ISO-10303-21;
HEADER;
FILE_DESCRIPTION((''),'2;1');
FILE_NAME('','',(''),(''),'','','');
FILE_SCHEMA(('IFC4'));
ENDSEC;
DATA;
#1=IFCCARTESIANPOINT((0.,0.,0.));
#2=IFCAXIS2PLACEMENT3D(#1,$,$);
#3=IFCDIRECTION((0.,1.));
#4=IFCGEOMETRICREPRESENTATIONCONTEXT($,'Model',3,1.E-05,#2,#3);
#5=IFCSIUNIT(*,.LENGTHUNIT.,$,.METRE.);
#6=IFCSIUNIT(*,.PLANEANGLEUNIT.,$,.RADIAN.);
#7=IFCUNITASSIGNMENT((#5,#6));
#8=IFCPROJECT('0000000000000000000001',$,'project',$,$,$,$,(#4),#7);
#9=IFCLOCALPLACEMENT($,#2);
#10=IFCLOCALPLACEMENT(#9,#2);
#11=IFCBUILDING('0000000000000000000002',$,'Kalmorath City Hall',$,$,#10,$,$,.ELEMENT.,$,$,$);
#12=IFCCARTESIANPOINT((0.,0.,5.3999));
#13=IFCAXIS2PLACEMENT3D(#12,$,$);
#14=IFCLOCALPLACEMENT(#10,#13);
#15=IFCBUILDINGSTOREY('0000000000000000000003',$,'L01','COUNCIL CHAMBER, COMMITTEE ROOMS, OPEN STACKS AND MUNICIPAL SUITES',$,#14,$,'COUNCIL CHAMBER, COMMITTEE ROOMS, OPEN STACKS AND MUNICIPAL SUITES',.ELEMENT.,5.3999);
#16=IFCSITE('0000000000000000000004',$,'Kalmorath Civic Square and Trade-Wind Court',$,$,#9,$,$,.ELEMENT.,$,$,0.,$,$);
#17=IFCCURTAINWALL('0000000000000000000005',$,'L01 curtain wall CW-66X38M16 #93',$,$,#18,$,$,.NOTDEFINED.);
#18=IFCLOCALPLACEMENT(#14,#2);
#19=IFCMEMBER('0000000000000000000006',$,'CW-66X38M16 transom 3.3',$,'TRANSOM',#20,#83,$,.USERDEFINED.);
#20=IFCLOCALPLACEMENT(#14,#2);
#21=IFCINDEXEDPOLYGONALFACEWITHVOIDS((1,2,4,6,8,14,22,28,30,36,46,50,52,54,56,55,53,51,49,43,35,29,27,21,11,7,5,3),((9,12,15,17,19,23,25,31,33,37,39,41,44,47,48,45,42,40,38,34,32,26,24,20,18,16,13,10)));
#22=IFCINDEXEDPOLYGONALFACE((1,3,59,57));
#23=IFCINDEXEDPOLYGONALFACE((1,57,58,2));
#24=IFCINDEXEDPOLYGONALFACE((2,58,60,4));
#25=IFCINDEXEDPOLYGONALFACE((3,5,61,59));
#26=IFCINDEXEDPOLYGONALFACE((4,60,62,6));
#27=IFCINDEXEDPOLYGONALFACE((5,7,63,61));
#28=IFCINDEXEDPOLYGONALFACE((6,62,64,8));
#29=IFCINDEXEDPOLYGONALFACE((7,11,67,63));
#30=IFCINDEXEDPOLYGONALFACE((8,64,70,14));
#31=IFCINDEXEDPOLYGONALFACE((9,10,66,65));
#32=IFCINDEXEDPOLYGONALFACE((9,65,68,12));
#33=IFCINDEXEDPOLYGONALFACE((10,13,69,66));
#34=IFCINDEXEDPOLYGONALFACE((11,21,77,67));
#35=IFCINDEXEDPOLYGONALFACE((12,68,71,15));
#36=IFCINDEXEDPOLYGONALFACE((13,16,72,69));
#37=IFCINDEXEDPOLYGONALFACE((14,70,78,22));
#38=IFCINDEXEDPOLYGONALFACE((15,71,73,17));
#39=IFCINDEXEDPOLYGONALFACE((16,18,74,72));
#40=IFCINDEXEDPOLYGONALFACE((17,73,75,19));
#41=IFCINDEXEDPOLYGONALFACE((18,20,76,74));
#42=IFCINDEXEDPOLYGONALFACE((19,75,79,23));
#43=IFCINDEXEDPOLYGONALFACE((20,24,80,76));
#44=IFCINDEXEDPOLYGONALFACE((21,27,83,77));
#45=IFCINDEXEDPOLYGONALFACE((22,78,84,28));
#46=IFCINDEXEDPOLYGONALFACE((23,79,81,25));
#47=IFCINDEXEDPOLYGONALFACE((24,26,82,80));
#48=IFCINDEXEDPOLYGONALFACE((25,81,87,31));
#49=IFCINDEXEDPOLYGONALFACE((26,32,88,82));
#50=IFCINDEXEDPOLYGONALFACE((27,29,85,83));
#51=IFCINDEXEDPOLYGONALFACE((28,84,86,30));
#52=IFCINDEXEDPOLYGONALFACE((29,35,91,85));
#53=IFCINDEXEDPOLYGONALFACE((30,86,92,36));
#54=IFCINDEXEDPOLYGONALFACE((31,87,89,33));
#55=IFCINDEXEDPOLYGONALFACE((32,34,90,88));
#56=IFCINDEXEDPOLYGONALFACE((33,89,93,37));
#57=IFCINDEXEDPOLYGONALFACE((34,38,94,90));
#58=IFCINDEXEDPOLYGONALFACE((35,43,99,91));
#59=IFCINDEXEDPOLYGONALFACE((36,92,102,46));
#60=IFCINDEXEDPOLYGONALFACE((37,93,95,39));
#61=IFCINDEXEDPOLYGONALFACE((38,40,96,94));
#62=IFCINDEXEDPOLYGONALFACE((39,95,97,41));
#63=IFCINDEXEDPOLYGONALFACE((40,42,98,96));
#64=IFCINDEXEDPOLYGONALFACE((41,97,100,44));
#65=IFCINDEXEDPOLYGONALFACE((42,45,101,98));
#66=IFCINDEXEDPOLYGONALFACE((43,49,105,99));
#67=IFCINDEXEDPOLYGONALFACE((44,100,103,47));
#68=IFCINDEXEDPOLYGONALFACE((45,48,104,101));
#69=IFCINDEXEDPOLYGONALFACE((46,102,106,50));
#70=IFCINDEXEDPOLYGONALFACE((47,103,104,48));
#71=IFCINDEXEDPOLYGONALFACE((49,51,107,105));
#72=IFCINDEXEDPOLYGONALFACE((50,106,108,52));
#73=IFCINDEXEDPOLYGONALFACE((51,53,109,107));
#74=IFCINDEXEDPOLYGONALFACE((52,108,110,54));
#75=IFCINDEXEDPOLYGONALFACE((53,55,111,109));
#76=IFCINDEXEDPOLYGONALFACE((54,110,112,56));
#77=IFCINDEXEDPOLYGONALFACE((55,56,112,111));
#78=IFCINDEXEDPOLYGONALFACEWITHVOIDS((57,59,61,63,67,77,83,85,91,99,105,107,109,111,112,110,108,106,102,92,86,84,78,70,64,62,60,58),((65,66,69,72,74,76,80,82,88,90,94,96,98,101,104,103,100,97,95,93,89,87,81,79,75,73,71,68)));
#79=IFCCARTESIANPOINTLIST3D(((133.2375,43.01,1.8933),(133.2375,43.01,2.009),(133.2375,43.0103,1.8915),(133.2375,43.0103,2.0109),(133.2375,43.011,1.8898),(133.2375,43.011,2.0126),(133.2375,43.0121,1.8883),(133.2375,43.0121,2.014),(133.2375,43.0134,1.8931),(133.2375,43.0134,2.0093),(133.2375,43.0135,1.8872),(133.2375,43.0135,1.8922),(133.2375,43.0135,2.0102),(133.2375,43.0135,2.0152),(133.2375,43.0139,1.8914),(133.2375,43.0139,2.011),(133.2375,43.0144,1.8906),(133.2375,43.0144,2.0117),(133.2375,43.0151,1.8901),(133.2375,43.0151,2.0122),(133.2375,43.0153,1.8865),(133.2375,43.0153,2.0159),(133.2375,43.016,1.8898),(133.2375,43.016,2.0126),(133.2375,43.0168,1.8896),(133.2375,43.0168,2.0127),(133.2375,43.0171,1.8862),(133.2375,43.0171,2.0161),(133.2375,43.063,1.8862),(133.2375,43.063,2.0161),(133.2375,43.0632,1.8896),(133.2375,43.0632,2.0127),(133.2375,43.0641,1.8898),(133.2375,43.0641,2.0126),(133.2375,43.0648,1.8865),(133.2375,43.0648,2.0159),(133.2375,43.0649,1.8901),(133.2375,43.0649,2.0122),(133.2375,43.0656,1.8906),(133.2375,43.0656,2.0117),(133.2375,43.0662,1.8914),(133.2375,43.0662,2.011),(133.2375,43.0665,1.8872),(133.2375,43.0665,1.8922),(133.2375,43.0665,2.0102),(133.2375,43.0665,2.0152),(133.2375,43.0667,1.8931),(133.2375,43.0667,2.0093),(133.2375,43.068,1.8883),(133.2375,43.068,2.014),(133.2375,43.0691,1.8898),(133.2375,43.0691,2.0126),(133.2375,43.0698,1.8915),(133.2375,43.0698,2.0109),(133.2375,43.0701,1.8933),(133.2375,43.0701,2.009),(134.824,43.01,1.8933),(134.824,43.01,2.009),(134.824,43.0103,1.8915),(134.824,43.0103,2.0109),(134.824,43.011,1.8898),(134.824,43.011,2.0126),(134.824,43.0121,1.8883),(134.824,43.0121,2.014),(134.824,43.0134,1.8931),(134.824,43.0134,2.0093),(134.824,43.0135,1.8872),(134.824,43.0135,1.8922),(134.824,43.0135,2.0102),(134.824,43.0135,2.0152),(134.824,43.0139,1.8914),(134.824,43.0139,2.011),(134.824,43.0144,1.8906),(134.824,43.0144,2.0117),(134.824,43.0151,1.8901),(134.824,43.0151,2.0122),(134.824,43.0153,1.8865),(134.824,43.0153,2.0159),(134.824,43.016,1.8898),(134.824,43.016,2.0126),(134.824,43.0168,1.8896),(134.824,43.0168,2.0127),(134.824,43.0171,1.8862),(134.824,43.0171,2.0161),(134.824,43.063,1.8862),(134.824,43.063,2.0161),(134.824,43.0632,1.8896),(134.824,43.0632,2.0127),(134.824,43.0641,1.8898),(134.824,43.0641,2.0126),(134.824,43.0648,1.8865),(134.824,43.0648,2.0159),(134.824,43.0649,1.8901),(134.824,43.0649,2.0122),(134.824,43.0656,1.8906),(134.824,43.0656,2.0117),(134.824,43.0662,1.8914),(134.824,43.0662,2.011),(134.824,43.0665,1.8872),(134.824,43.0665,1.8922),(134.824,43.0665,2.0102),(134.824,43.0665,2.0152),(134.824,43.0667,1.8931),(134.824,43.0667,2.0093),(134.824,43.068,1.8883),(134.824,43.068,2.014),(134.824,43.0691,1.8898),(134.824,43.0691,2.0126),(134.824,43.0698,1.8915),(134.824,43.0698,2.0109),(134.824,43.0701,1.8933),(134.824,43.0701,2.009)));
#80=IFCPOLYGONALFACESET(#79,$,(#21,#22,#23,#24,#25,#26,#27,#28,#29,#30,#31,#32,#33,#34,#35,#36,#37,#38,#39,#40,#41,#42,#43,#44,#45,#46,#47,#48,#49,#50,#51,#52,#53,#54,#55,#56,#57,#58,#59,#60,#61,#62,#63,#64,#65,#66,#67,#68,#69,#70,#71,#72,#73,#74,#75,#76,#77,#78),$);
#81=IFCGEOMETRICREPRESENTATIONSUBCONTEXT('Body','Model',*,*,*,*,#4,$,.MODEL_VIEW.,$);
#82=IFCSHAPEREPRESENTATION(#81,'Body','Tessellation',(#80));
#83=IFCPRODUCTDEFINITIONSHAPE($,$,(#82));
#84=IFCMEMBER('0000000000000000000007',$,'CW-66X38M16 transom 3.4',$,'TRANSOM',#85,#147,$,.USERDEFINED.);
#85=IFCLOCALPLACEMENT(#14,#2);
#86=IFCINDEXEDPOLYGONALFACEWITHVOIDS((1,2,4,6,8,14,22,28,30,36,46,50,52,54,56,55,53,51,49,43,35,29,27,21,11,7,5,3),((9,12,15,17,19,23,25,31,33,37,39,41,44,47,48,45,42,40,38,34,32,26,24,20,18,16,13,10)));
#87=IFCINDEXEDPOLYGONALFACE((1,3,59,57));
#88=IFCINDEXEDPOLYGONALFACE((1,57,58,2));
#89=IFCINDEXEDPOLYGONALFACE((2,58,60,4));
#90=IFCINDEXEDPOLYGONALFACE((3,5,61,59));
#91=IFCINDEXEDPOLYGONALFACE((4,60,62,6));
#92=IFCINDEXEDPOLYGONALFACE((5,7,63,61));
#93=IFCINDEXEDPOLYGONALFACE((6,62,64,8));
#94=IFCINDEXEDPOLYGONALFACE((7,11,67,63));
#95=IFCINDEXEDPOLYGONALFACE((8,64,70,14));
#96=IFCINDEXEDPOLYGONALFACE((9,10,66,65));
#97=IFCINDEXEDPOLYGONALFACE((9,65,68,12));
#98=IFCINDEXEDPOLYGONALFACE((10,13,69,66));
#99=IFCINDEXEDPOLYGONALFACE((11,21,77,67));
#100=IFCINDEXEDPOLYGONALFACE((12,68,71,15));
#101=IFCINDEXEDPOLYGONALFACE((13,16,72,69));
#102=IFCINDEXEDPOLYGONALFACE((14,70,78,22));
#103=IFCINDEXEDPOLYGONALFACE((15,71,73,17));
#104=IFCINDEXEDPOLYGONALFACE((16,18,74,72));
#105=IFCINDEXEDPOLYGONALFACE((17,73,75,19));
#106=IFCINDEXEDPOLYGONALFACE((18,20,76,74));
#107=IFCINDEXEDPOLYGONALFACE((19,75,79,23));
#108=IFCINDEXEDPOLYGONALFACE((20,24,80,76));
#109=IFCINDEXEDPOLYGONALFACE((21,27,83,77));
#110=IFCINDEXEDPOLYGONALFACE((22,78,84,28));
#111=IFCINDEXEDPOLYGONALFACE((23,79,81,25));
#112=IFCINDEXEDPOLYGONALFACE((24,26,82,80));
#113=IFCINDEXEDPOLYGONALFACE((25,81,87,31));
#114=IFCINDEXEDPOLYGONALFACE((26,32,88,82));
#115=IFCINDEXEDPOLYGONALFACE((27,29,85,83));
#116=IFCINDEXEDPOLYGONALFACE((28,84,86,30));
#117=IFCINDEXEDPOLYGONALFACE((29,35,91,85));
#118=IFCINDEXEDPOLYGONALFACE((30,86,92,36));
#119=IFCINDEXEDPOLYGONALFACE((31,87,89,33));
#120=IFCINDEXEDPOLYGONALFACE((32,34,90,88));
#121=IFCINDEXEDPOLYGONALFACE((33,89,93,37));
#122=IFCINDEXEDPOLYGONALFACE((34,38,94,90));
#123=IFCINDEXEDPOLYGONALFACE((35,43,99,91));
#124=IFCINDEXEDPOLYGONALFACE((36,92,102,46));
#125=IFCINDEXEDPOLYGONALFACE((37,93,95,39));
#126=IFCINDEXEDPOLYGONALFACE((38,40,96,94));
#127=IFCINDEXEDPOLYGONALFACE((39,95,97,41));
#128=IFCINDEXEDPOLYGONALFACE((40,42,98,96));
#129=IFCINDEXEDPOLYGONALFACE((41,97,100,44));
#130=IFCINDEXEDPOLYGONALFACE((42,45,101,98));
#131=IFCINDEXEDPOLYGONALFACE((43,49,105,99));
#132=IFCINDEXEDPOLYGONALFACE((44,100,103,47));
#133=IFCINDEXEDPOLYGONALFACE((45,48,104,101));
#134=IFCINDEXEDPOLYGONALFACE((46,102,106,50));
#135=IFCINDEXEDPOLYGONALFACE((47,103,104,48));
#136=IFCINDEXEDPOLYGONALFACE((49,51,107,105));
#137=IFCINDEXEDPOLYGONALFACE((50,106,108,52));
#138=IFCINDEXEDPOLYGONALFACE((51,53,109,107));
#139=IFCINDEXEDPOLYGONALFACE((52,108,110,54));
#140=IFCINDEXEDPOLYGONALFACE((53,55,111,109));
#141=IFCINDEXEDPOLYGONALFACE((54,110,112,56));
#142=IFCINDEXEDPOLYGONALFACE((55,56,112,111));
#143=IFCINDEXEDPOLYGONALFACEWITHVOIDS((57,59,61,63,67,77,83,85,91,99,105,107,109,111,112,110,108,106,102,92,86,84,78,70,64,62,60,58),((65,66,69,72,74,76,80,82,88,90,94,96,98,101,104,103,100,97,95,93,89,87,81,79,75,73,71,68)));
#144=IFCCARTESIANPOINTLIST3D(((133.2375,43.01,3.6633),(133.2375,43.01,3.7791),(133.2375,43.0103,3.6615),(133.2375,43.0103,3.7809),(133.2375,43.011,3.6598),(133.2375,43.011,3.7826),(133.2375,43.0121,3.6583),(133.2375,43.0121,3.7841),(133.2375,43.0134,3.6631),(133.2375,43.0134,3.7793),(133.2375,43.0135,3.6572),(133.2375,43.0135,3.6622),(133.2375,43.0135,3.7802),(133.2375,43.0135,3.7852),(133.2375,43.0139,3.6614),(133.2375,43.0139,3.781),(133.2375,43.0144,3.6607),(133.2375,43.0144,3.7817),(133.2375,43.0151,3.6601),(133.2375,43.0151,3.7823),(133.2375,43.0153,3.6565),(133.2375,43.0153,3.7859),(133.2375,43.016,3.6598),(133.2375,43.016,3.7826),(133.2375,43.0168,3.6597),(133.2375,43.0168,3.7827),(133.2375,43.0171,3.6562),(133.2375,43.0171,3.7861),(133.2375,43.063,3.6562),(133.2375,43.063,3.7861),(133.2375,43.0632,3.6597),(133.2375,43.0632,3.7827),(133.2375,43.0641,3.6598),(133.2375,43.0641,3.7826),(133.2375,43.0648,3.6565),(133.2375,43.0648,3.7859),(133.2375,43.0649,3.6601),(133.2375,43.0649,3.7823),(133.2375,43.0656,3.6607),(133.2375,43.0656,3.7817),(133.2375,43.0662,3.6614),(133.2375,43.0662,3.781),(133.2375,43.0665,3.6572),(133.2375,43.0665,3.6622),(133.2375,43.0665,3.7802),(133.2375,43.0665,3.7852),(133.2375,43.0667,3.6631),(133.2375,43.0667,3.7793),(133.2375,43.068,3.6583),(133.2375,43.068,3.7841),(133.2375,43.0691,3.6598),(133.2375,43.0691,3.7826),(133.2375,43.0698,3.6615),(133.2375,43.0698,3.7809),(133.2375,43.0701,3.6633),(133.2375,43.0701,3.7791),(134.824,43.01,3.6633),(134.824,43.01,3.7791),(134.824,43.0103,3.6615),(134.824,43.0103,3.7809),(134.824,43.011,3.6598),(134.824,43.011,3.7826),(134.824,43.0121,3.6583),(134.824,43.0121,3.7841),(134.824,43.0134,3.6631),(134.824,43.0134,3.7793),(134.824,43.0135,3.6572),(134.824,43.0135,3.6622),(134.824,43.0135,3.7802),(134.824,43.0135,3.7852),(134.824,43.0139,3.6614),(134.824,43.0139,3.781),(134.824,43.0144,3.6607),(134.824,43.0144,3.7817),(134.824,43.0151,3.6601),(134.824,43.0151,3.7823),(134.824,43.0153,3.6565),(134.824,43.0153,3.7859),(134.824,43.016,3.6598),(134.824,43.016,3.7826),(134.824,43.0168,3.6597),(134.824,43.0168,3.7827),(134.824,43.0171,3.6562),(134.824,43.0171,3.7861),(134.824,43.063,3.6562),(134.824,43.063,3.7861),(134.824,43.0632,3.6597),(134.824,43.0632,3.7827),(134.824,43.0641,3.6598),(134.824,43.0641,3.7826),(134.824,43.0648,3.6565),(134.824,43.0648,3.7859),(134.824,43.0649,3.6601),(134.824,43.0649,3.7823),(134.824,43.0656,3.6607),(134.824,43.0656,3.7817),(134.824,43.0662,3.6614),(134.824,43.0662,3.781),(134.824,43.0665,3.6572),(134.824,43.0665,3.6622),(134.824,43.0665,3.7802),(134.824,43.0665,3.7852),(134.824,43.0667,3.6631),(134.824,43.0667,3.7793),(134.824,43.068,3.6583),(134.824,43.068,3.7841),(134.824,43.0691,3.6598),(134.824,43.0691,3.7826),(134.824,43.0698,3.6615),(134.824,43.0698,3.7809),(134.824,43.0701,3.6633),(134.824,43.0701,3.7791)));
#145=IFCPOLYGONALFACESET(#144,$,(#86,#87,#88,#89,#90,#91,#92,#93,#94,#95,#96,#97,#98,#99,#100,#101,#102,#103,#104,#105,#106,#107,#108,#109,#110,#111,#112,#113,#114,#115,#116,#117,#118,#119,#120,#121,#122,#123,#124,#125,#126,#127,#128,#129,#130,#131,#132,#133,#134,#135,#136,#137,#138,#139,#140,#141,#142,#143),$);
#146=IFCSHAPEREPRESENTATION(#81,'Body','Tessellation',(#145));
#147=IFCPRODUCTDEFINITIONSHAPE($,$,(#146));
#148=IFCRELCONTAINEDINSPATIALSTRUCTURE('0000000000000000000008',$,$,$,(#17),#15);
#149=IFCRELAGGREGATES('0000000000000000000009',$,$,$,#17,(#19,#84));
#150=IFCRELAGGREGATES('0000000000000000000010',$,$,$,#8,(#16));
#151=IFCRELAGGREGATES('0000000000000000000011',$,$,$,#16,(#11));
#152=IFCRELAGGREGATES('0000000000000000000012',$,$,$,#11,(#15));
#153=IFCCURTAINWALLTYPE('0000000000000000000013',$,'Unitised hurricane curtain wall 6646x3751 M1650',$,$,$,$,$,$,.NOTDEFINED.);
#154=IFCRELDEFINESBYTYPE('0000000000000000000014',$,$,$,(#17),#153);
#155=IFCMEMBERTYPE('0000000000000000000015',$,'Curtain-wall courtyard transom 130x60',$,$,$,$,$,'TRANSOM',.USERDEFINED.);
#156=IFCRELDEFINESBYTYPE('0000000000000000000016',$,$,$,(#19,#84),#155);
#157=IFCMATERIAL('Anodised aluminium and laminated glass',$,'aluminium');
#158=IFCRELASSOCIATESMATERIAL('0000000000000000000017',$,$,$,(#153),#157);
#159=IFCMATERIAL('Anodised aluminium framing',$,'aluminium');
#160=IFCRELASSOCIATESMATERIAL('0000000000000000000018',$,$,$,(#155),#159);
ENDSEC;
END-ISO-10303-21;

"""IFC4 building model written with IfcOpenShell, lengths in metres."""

from ifc_helpers import new_model, si_unit, direction, frame, origin, origin_2d, place, context, subcontext, project, spatial, hollow_rectangle, extrude, material, material_profile, profile_set, type_object, element, aggregate, save


model = new_model("IFC4")

# Units and contexts
model_context = context("Model", 3, precision=1e-05, world=origin(), true_north=direction((0.0, 1.0)))
body_context = subcontext(model_context, "Body", "Model", "MODEL_VIEW")
ifc_project = project(units=[si_unit("LENGTHUNIT", "METRE"), si_unit("PLANEANGLEUNIT", "RADIAN")], contexts=[model_context])

# Site, building, storey
site_placement = place(None, origin())
site = spatial("IfcSite", under=ifc_project, at=site_placement, Name="Kalmorath Civic Square and Trade-Wind Court", CompositionType="ELEMENT", RefElevation=0.0)
building_placement = place(site_placement, origin())
building = spatial("IfcBuilding", under=site, at=building_placement, Name="Kalmorath City Hall", CompositionType="ELEMENT")
storey_placement = place(building_placement, frame((0.0, 0.0, 5.3999)))
storey = spatial("IfcBuildingStorey", under=building, at=storey_placement, Name="L01", Description="COUNCIL CHAMBER, COMMITTEE ROOMS, OPEN STACKS AND MUNICIPAL SUITES", LongName="COUNCIL CHAMBER, COMMITTEE ROOMS, OPEN STACKS AND MUNICIPAL SUITES", CompositionType="ELEMENT", Elevation=5.3999)

# Curtain wall, members
ifc_material_1 = material(Name="Anodised aluminium and laminated glass", Category="aluminium")
curtain_wall_type_1 = type_object("IfcCurtainWallType", Name="Unitised hurricane curtain wall 6646x3751 M1650", PredefinedType="NOTDEFINED", material=ifc_material_1)
curtain_wall_1_placement = place(storey_placement, origin())
curtain_wall_1 = element("IfcCurtainWall", 1, at=curtain_wall_1_placement, inside=storey, type_object=curtain_wall_type_1, Name="L01 curtain wall CW-66X38M16 #93", PredefinedType="NOTDEFINED")
ifc_material_2 = material(Name="Anodised aluminium framing", Category="aluminium")
ifc_material_profile_1 = material_profile(ifc_material_2, hollow_rectangle(XDim=0.0601, YDim=0.1299, WallThickness=0.0034, InnerFilletRadius=0.0034, OuterFilletRadius=0.0071, at=origin_2d()), Name="ALU-TRN-130X60X3.5")
ifc_profile_set_1 = profile_set([ifc_material_profile_1], Name="Anodised aluminium framing")
member_type_1 = type_object("IfcMemberType", Name="Curtain-wall courtyard transom 130x60", ElementType="TRANSOM", PredefinedType="USERDEFINED", material=ifc_profile_set_1)
member_1_placement = place(storey_placement, frame((133.2375, 43.04, 1.9512), z_axis=(1.0, 0.0, 0.0), x_axis=(0.0, 1.0, 0.0)))
member_1 = element("IfcMember", 2, at=member_1_placement, type_object=member_type_1, Name="CW-66X38M16 transom 3.3", ObjectType="TRANSOM", PredefinedType="USERDEFINED", context=body_context, shape_type="SweptSolid", body=[
    extrude(hollow_rectangle(XDim=0.0601, YDim=0.1299, WallThickness=0.0034, InnerFilletRadius=0.0034, OuterFilletRadius=0.0071, at=origin_2d()), origin(), (0.0, 0.0, 1.0), 1.5864),
])
member_2_placement = place(storey_placement, frame((133.2375, 43.04, 3.7212), z_axis=(1.0, 0.0, 0.0), x_axis=(0.0, 1.0, 0.0)))
member_2 = element("IfcMember", 3, at=member_2_placement, type_object=member_type_1, Name="CW-66X38M16 transom 3.4", ObjectType="TRANSOM", PredefinedType="USERDEFINED", context=body_context, shape_type="SweptSolid", body=[
    extrude(hollow_rectangle(XDim=0.0601, YDim=0.1299, WallThickness=0.0034, InnerFilletRadius=0.0034, OuterFilletRadius=0.0071, at=origin_2d()), origin(), (0.0, 0.0, 1.0), 1.5864),
])

aggregate(curtain_wall_1, [member_1, member_2])

save(model, "model.ifc")
